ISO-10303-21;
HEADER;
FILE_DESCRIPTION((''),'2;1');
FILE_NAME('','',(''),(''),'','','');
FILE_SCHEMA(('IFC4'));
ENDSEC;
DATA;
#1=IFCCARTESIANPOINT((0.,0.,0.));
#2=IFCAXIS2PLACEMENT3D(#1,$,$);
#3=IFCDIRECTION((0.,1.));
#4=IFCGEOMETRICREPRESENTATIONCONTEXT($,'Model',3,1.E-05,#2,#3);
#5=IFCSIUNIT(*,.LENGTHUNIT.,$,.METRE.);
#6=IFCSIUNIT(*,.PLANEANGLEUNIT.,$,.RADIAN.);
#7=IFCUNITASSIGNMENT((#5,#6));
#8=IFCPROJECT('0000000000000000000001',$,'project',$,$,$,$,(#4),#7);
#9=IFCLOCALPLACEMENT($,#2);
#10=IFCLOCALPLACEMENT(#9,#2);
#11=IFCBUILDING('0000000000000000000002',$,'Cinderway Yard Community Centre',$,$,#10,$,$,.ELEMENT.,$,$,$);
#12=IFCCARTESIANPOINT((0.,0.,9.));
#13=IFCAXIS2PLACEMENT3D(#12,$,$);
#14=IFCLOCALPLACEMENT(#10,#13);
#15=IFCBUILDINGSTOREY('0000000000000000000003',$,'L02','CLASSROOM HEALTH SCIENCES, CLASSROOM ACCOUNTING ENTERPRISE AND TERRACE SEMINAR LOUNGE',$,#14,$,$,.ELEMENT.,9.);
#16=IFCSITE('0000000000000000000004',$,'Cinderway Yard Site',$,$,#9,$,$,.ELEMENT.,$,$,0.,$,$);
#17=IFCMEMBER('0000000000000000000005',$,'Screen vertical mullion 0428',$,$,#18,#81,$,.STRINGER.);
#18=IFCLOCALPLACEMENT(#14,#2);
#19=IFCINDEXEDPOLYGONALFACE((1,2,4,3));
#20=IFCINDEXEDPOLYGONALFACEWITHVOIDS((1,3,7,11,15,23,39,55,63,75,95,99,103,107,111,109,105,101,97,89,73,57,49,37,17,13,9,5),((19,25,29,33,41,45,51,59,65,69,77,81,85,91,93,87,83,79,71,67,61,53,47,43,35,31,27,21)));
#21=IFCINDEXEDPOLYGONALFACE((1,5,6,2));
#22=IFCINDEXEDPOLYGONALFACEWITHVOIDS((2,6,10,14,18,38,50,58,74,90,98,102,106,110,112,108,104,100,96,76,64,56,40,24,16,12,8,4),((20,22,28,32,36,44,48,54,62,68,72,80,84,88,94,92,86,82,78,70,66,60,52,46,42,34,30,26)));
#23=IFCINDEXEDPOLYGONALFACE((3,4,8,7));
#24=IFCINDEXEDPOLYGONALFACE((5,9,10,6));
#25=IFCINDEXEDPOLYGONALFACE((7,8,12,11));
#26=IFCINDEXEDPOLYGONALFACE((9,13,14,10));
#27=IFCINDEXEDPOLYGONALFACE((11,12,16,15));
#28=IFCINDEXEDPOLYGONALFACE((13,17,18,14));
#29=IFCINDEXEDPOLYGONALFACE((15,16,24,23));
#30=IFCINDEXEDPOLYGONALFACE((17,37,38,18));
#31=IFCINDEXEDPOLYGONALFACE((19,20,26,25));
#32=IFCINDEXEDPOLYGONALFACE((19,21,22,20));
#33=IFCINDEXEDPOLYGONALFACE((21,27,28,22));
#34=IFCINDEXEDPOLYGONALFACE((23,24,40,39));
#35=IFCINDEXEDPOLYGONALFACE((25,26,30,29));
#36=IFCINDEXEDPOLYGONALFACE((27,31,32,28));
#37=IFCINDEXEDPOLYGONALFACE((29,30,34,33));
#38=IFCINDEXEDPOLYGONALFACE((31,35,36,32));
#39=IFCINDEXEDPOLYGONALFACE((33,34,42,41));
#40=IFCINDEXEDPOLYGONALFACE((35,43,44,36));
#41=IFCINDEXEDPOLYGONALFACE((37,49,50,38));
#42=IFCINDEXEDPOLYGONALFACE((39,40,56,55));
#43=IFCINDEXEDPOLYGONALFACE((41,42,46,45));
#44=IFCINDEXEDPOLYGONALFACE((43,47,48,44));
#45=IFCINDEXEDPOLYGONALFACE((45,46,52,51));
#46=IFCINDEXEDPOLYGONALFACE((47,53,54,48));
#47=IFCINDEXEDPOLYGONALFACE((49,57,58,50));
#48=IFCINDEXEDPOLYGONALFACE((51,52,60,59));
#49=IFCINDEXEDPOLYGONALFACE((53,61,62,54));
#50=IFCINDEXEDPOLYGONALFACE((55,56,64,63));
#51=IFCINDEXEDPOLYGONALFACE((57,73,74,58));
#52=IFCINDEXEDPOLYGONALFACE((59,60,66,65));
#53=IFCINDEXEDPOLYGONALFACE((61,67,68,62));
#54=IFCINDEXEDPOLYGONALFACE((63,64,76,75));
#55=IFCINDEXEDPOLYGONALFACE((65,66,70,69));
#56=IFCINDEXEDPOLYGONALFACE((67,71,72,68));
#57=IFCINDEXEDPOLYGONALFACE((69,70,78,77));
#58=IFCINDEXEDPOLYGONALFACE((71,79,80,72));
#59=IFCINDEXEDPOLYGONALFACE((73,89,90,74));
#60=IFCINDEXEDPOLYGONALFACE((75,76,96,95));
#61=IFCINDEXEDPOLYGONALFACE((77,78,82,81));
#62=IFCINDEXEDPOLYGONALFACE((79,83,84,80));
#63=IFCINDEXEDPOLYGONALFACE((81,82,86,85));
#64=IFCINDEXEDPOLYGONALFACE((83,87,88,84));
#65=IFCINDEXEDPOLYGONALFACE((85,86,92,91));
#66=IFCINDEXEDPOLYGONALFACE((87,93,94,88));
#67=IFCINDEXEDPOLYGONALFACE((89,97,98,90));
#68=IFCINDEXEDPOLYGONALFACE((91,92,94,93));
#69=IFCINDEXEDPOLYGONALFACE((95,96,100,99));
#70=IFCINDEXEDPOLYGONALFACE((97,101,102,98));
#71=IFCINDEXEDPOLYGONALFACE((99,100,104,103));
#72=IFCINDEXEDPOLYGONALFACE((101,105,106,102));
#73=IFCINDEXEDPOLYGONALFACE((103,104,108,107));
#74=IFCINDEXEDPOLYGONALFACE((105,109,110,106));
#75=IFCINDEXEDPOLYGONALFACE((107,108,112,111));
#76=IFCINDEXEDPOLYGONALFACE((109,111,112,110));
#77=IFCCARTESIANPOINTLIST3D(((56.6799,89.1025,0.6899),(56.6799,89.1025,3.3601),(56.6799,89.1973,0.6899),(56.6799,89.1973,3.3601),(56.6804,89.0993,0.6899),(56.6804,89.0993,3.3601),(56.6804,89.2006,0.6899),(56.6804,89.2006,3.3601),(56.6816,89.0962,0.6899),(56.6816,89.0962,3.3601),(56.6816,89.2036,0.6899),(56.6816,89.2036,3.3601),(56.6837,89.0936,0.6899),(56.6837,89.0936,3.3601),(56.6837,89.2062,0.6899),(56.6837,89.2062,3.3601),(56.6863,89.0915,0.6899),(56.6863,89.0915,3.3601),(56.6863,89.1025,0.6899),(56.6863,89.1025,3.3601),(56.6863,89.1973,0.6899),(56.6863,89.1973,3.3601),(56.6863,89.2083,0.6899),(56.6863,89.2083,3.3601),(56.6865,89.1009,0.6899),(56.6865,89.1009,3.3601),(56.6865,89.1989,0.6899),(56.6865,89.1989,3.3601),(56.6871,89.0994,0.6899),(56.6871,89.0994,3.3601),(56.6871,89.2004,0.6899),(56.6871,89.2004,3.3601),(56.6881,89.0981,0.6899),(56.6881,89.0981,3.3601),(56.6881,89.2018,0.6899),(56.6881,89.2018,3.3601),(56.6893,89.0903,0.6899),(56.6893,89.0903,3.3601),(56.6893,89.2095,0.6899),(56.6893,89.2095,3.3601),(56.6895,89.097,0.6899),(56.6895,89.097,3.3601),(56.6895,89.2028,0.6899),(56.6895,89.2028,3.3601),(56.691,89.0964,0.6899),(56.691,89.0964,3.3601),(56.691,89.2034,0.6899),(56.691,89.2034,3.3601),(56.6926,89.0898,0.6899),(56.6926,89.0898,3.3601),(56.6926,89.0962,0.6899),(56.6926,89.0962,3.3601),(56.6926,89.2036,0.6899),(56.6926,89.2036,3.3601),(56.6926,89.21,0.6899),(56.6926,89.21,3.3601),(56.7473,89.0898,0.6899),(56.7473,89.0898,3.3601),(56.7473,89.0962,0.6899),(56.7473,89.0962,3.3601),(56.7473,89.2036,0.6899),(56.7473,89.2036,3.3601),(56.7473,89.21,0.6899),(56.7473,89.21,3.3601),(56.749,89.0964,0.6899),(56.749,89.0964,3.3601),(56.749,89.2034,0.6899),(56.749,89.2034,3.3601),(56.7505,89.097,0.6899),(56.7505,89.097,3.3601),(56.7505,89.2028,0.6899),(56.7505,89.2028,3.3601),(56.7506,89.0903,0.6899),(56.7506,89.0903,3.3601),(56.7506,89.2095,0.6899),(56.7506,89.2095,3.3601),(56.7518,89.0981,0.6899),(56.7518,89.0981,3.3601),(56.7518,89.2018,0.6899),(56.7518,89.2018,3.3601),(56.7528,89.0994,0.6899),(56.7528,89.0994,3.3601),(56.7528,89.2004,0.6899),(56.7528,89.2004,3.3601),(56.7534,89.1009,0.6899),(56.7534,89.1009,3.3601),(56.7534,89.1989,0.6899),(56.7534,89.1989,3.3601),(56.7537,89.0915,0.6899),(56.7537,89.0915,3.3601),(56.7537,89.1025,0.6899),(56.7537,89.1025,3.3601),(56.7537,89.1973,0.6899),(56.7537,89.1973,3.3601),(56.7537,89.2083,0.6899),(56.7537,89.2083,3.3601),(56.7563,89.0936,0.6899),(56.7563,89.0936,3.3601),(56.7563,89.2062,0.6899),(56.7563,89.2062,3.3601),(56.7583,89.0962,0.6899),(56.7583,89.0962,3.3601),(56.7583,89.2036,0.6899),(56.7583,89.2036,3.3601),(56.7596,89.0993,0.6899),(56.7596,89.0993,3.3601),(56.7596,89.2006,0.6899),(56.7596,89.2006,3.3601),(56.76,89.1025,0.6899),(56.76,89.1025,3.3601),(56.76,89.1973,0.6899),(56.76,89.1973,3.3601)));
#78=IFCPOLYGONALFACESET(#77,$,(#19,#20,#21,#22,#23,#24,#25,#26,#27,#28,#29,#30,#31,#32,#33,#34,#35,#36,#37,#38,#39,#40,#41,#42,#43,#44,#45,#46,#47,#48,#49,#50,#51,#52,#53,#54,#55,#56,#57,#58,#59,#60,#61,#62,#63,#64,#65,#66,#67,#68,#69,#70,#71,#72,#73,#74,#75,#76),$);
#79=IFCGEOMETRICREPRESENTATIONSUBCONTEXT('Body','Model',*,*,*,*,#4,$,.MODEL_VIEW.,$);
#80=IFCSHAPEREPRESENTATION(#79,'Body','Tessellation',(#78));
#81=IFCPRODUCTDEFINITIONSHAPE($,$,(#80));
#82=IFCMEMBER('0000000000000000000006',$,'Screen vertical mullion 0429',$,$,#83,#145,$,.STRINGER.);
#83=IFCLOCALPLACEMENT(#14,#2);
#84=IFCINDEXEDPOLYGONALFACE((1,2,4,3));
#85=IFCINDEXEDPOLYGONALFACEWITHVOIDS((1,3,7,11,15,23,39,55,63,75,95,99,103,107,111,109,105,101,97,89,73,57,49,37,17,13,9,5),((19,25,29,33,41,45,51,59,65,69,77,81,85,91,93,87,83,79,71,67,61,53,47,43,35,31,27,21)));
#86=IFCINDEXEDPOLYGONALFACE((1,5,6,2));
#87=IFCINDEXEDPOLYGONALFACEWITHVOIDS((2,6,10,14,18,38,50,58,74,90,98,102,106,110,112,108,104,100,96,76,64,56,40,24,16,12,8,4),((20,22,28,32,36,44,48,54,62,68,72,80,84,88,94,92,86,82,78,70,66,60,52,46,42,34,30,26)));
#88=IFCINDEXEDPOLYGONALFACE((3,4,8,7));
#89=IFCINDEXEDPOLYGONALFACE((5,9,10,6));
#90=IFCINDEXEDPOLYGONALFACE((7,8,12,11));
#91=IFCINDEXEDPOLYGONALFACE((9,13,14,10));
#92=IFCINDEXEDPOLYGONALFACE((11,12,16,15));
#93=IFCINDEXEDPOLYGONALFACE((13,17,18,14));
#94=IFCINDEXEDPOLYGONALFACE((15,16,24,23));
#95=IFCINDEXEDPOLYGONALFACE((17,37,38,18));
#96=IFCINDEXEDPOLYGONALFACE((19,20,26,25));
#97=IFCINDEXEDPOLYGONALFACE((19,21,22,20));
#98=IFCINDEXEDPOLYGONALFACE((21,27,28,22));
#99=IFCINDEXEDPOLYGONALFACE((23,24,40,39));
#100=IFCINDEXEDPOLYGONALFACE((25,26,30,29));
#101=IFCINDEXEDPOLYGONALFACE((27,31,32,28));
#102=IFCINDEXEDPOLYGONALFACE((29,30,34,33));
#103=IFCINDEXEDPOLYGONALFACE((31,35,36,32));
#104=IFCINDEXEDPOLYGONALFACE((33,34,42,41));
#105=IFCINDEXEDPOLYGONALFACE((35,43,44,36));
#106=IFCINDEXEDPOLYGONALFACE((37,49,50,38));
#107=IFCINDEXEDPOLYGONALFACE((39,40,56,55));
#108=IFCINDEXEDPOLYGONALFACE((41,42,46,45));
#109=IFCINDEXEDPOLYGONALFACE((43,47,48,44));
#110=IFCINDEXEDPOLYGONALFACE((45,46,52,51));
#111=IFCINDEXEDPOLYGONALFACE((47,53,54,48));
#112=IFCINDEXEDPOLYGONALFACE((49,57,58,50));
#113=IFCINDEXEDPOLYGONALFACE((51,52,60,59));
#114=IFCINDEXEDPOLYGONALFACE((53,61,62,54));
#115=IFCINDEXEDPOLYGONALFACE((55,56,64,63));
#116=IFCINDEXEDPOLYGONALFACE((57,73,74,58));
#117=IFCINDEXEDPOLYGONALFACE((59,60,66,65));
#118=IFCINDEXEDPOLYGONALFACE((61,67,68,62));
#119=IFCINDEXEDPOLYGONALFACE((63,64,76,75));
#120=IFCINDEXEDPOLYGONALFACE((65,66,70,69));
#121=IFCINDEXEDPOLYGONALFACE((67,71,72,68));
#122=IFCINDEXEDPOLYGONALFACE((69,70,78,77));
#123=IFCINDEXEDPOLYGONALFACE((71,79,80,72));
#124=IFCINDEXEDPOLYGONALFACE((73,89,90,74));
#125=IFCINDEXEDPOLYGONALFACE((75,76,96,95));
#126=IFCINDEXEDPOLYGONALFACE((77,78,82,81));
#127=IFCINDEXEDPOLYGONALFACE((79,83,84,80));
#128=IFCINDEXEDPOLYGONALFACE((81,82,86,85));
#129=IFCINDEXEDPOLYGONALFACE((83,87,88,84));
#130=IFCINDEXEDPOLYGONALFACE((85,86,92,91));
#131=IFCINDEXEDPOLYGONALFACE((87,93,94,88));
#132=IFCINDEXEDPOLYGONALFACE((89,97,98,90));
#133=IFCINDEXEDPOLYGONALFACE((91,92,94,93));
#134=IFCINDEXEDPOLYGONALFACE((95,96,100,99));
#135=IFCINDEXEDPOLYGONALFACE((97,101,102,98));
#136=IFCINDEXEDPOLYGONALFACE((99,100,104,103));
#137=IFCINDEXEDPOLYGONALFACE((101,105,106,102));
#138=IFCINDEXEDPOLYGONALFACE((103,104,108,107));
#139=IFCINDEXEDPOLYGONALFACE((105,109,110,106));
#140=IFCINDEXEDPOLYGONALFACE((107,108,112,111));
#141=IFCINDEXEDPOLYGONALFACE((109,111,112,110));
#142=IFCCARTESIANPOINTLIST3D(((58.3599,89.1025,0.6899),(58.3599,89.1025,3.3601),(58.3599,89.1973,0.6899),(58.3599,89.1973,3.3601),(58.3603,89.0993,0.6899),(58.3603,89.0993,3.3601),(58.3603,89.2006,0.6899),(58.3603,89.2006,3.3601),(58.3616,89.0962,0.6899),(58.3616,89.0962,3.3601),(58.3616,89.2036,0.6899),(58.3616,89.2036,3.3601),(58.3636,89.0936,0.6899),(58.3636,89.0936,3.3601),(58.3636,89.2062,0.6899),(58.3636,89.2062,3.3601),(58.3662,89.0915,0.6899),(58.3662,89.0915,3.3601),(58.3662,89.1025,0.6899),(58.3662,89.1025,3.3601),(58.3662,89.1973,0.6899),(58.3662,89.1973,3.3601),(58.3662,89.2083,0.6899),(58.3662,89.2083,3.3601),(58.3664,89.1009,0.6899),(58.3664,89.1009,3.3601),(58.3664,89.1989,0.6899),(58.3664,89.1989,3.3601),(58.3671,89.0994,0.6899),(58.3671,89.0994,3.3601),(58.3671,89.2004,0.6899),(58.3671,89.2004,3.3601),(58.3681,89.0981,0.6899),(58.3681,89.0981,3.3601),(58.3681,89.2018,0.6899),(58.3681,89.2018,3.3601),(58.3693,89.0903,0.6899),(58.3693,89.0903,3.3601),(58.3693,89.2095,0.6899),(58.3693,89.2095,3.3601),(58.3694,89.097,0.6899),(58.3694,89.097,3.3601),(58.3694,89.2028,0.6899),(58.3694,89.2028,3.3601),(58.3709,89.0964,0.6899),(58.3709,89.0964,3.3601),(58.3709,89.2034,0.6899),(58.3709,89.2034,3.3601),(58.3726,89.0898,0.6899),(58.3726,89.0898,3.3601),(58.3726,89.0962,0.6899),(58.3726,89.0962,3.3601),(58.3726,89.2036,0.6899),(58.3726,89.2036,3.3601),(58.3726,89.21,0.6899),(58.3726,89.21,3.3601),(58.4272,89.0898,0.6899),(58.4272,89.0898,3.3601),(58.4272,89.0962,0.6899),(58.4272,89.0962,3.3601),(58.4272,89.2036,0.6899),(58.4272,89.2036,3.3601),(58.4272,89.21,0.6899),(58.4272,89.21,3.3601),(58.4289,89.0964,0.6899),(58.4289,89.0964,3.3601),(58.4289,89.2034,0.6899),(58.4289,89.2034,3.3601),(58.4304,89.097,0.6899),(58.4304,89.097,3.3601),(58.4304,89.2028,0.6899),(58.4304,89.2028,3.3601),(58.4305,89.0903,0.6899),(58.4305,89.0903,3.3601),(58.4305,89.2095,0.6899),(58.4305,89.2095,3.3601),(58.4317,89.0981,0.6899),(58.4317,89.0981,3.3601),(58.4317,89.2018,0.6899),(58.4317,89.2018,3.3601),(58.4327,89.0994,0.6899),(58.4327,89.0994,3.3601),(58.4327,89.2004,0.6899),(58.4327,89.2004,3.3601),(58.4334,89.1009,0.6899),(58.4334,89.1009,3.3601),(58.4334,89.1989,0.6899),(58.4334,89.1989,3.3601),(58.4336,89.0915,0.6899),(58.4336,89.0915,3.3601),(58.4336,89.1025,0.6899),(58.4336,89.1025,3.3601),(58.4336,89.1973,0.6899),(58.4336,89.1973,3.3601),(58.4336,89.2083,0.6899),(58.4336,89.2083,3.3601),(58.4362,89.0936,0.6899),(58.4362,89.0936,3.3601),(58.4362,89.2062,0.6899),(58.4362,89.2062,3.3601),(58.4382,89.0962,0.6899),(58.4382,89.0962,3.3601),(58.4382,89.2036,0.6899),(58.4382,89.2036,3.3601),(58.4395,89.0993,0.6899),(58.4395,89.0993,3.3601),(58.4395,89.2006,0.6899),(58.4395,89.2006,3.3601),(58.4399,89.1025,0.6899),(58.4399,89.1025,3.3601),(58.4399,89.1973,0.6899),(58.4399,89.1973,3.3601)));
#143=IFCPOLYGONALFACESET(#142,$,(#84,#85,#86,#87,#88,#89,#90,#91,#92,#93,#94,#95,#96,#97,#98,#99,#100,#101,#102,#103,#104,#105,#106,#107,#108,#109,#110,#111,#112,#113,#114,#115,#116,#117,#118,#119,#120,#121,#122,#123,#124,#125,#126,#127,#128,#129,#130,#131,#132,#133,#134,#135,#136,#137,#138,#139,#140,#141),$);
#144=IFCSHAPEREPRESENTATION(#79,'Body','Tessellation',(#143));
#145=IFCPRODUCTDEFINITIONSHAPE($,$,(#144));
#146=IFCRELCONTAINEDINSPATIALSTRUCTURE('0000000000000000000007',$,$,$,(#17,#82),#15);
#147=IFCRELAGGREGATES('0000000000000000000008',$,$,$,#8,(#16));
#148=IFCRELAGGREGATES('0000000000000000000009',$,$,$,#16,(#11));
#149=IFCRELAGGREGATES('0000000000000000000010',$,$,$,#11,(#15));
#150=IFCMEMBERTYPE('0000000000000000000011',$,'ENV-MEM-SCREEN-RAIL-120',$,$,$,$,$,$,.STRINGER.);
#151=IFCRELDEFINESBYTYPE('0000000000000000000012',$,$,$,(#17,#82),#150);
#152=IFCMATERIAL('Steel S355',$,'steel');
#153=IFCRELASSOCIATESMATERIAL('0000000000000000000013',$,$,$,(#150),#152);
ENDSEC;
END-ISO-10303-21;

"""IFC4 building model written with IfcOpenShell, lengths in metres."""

from ifc_helpers import new_model, si_unit, direction, frame, origin, origin_2d, place, context, subcontext, project, spatial, hollow_rectangle, extrude, material, material_profile, profile_set, type_object, element, save


model = new_model("IFC4")

# Units and contexts
model_context = context("Model", 3, precision=1e-05, world=origin(), true_north=direction((0.0, 1.0)))
body_context = subcontext(model_context, "Body", "Model", "MODEL_VIEW")
ifc_project = project(units=[si_unit("LENGTHUNIT", "METRE"), si_unit("PLANEANGLEUNIT", "RADIAN")], contexts=[model_context])

# Site, building, storey
site_placement = place(None, origin())
site = spatial("IfcSite", under=ifc_project, at=site_placement, Name="Cinderway Yard Site", CompositionType="ELEMENT", RefElevation=0.0)
building_placement = place(site_placement, origin())
building = spatial("IfcBuilding", under=site, at=building_placement, Name="Cinderway Yard Community Centre", CompositionType="ELEMENT")
storey_placement = place(building_placement, frame((0.0, 0.0, 9.0)))
storey = spatial("IfcBuildingStorey", under=building, at=storey_placement, Name="L02", Description="CLASSROOM HEALTH SCIENCES, CLASSROOM ACCOUNTING ENTERPRISE AND TERRACE SEMINAR LOUNGE", CompositionType="ELEMENT", Elevation=9.0)

# Members
ifc_material_1 = material(Name="Steel S355", Category="steel")
ifc_material_profile_1 = material_profile(ifc_material_1, hollow_rectangle(XDim=0.0801, YDim=0.1201, WallThickness=0.0063, InnerFilletRadius=0.0063, OuterFilletRadius=0.0127, at=origin_2d()), Name="Steel S355")
ifc_profile_set_1 = profile_set([ifc_material_profile_1], Name="Steel S355")
member_type_1 = type_object("IfcMemberType", Name="ENV-MEM-SCREEN-RAIL-120", PredefinedType="STRINGER", material=ifc_profile_set_1)
for number, where, z_axis, x_axis, name in (
    (1, (56.72, 89.1499, 0.6899), (0.0, 0.0, 1.0), (1.0, 0.0, 0.0), "Screen vertical mullion 0428"),
    (2, (58.3999, 89.1499, 0.6899), (0.0, 0.0, 1.0), (1.0, 0.0, 0.0), "Screen vertical mullion 0429"),
):
    element("IfcMember", number, at=place(storey_placement, frame(where, z_axis=z_axis, x_axis=x_axis)), inside=storey, type_object=member_type_1, Name=name, PredefinedType="STRINGER", context=body_context, shape_type="SweptSolid", body=[
        extrude(hollow_rectangle(XDim=0.0801, YDim=0.1201, WallThickness=0.0063, InnerFilletRadius=0.0063, OuterFilletRadius=0.0127, at=origin_2d()), origin(), (0.0, 0.0, 1.0), 2.6702),
    ])

save(model, "model.ifc")
